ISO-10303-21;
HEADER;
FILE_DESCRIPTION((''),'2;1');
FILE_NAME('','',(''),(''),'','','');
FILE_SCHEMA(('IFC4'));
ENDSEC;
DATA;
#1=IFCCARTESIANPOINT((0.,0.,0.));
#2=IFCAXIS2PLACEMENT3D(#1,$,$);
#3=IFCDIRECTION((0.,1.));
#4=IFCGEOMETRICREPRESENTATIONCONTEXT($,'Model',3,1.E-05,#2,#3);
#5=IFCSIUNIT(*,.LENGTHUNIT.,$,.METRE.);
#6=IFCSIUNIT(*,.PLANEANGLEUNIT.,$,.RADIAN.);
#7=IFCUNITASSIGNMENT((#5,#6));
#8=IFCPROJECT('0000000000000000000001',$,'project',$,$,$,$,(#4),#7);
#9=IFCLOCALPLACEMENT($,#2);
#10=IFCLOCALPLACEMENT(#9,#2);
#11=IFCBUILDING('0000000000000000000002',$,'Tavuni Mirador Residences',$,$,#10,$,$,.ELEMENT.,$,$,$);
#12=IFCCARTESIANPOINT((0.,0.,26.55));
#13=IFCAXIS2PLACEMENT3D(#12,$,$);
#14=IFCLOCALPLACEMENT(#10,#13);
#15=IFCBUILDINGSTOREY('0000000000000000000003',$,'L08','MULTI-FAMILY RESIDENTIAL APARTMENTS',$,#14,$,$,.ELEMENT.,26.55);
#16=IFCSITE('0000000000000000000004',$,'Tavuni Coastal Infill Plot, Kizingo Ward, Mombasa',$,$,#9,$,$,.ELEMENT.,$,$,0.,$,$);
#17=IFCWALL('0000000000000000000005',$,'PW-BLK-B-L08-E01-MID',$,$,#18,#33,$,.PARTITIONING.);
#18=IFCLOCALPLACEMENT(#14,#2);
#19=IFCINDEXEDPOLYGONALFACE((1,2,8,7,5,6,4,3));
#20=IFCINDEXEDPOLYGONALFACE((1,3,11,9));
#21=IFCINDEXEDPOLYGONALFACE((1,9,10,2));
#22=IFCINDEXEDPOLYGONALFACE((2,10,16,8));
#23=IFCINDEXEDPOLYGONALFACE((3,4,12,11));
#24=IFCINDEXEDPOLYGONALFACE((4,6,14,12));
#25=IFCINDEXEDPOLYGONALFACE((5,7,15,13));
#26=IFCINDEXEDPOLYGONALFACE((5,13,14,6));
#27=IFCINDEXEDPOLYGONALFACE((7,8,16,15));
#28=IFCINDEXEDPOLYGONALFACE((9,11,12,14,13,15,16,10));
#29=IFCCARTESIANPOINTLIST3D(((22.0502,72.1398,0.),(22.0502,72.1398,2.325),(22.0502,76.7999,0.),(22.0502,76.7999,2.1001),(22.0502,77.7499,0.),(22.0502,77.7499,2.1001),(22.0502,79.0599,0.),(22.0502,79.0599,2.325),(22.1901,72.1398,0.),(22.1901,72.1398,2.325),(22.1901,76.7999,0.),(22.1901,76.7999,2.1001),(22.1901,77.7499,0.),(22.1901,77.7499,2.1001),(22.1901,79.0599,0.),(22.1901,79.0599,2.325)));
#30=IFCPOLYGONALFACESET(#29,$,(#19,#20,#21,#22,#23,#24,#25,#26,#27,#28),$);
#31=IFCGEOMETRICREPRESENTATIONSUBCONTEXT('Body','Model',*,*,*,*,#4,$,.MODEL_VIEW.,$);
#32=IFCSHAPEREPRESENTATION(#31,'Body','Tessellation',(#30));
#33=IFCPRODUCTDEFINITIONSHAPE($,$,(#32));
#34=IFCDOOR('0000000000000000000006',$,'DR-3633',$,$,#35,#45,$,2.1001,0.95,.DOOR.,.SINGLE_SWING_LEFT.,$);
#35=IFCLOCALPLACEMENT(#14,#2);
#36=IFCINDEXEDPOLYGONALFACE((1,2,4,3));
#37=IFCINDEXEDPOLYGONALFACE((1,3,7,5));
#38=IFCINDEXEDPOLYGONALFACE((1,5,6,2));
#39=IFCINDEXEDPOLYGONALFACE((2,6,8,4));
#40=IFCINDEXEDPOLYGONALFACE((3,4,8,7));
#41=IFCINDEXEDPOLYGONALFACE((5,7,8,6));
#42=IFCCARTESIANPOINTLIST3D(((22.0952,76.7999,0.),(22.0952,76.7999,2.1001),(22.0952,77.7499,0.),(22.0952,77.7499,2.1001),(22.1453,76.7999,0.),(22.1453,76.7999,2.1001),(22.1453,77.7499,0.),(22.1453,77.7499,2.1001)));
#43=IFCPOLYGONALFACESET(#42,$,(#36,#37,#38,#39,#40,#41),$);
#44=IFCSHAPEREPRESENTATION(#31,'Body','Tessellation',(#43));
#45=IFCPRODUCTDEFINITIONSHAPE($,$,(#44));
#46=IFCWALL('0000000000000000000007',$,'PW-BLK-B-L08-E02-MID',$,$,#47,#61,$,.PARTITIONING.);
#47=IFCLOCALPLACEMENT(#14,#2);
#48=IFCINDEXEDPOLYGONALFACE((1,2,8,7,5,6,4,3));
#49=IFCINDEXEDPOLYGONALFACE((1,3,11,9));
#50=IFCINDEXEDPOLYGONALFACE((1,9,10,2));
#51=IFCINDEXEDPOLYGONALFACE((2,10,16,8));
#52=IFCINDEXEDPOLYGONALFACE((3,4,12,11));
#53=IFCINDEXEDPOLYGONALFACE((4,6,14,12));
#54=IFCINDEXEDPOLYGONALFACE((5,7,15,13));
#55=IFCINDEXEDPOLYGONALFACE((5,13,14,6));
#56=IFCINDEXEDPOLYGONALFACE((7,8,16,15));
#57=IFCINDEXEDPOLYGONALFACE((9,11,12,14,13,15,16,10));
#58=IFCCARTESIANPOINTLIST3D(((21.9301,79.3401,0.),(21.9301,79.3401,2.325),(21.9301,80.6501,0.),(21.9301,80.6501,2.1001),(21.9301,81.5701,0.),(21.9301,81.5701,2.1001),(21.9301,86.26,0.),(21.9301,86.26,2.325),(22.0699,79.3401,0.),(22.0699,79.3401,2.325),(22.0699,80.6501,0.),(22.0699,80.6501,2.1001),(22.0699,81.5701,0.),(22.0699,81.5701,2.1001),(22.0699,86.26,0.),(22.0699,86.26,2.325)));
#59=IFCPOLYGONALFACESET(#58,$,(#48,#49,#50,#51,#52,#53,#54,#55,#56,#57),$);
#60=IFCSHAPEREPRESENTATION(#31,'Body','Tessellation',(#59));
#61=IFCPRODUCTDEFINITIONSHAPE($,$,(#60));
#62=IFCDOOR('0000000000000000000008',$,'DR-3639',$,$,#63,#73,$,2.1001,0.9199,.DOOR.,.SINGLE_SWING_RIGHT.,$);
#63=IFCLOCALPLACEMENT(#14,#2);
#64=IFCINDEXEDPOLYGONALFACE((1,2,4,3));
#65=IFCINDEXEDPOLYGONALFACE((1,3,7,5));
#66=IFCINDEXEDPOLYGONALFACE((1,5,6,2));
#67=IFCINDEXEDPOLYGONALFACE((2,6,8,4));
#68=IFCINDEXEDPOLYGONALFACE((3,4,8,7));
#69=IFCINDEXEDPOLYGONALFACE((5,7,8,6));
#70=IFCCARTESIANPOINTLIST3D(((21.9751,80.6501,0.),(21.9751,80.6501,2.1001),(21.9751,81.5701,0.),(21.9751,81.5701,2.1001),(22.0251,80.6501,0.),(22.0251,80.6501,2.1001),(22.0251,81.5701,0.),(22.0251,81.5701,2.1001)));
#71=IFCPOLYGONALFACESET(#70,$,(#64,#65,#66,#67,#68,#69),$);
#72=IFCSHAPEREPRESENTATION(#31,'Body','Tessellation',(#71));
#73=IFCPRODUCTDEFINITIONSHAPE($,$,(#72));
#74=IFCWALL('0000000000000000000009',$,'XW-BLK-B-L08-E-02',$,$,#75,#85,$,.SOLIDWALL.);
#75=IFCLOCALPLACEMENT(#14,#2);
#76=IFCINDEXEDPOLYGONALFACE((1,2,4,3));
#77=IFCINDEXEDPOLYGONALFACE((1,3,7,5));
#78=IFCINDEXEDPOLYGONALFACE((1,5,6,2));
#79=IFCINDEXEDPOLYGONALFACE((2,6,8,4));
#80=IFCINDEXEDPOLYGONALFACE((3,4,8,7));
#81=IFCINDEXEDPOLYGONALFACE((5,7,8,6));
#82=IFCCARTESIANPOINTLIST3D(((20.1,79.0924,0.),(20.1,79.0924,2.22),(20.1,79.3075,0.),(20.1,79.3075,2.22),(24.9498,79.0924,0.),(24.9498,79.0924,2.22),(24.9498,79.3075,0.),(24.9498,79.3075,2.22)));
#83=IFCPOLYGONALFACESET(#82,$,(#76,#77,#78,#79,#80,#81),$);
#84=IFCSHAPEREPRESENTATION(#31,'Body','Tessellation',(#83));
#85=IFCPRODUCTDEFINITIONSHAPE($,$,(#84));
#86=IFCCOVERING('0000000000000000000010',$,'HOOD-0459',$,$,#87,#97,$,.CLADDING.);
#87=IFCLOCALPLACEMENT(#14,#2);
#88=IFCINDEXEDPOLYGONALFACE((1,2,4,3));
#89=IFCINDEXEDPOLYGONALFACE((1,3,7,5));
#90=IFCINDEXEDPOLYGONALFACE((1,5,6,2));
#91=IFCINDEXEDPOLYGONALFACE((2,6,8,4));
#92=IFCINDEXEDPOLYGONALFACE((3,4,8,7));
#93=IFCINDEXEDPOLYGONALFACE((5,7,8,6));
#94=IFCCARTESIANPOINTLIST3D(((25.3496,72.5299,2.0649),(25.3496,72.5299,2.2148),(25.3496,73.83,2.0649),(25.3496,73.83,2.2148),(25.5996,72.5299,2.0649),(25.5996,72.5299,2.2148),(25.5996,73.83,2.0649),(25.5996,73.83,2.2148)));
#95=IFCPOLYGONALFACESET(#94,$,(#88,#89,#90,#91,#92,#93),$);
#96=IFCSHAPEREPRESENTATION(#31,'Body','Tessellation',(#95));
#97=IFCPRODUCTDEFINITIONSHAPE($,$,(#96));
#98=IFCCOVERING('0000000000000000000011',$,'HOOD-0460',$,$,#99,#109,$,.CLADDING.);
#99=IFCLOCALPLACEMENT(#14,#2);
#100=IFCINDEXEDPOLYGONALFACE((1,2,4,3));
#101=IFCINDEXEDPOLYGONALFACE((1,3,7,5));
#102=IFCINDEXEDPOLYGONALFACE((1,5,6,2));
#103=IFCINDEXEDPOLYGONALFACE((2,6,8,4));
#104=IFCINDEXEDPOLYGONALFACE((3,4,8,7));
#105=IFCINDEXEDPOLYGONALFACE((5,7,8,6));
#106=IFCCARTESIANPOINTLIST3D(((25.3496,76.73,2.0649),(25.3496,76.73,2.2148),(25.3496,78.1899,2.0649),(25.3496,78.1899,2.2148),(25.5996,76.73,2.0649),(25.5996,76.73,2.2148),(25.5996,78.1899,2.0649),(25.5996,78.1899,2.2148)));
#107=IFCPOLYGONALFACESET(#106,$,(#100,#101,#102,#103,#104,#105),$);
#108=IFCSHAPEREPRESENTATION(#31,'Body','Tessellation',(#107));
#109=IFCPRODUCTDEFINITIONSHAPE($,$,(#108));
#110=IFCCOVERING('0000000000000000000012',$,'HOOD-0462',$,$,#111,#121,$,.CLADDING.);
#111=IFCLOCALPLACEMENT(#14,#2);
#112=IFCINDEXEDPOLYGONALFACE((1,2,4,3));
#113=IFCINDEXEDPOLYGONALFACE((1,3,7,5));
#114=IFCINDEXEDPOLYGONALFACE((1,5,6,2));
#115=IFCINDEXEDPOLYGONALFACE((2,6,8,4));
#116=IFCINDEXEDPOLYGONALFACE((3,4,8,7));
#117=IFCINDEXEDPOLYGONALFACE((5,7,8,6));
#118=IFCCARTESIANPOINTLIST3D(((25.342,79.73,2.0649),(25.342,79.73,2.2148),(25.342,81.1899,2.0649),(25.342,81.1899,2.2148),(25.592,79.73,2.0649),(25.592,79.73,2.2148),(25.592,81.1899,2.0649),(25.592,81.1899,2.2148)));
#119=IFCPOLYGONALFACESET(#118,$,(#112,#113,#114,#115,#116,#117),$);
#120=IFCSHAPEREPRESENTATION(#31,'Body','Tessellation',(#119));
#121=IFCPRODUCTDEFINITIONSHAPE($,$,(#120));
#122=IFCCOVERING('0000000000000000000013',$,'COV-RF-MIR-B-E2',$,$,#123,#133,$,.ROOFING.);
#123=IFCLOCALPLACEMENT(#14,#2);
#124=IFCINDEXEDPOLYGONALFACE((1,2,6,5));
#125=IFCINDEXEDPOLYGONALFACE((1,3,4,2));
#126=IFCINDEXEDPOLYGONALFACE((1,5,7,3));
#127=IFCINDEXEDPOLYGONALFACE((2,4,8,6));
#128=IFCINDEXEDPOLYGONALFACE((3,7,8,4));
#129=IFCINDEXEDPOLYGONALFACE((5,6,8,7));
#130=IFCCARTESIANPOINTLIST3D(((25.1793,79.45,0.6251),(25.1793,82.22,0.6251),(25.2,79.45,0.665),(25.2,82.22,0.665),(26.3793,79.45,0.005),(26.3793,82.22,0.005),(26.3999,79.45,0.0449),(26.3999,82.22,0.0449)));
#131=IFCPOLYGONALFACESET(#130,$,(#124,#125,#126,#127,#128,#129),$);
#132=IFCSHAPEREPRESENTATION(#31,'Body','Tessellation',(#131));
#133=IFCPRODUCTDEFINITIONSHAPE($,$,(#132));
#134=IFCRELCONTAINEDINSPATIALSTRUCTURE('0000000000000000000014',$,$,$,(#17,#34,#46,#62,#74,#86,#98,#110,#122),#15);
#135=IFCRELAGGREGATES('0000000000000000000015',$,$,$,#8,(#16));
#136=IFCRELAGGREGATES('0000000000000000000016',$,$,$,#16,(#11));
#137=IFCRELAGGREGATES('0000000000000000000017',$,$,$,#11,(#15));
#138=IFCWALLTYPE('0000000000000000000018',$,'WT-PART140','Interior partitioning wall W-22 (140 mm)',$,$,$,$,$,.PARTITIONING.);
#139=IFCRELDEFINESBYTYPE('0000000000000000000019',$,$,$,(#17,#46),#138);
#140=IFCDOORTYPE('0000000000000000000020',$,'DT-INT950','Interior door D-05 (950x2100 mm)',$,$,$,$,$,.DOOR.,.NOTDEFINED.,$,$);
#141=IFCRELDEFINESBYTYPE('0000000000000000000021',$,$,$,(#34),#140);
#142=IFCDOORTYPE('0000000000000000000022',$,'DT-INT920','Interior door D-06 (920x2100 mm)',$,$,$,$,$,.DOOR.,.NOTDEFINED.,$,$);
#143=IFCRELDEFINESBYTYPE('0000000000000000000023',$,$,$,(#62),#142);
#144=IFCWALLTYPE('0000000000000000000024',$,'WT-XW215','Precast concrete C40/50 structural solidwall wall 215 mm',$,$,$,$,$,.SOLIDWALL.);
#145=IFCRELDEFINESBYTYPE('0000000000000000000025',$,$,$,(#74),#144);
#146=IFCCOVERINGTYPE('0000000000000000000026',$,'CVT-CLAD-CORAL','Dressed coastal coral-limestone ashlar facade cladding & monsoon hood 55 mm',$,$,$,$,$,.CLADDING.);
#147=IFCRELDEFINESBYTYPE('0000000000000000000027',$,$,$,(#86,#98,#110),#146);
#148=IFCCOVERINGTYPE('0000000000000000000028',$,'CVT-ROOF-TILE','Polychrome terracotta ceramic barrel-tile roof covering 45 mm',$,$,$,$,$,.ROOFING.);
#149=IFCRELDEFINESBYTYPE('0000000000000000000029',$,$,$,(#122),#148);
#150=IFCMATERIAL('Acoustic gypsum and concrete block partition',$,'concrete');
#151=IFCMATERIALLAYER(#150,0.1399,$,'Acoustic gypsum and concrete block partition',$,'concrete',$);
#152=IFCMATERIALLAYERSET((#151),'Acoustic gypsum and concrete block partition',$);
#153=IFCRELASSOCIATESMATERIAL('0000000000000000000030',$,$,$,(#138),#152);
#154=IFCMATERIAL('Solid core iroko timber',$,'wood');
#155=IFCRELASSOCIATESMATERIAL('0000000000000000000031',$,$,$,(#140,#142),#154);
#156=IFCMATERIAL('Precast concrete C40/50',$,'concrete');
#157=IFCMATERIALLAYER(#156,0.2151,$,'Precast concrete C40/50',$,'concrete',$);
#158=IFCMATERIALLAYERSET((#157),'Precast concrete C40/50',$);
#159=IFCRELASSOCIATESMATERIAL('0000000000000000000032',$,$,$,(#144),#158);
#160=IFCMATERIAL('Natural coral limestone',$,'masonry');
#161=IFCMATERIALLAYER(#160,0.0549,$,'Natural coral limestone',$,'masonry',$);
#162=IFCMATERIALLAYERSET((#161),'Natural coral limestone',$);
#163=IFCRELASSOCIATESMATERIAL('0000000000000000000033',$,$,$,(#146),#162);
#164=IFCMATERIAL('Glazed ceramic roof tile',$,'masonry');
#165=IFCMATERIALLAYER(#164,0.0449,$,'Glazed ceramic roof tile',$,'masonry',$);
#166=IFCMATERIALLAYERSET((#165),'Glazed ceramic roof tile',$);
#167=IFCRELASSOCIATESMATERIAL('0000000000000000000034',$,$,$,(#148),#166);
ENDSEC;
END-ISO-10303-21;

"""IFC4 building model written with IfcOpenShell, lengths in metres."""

from ifc_helpers import new_model, si_unit, direction, frame, frame_2d, origin, origin_2d, place, context, subcontext, project, spatial, polyline, rectangle, outline, extrude, material, layer, layer_set, type_object, element, fill, save


model = new_model("IFC4")

# Units and contexts
model_context = context("Model", 3, precision=1e-05, world=origin(), true_north=direction((0.0, 1.0)))
body_context = subcontext(model_context, "Body", "Model", "MODEL_VIEW")
ifc_project = project(units=[si_unit("LENGTHUNIT", "METRE"), si_unit("PLANEANGLEUNIT", "RADIAN")], contexts=[model_context])

# Site, building, storey
site_placement = place(None, origin())
site = spatial("IfcSite", under=ifc_project, at=site_placement, Name="Tavuni Coastal Infill Plot, Kizingo Ward, Mombasa", CompositionType="ELEMENT", RefElevation=0.0)
building_placement = place(site_placement, origin())
building = spatial("IfcBuilding", under=site, at=building_placement, Name="Tavuni Mirador Residences", CompositionType="ELEMENT")
storey_placement = place(building_placement, frame((0.0, 0.0, 26.55)))
storey = spatial("IfcBuildingStorey", under=building, at=storey_placement, Name="L08", Description="MULTI-FAMILY RESIDENTIAL APARTMENTS", CompositionType="ELEMENT", Elevation=26.55)

# Shared definitions
ifc_material_1 = material(Name="Precast concrete C40/50", Category="concrete")

# Shared definitions
ifc_material_2 = material(Name="Solid core iroko timber", Category="wood")

# Walls, openings, doors
ifc_material_3 = material(Name="Acoustic gypsum and concrete block partition", Category="concrete")
ifc_layer_1 = layer(ifc_material_3, 0.1399, Name="Acoustic gypsum and concrete block partition", Category="concrete")
ifc_layer_set_1 = layer_set([ifc_layer_1], Name="Acoustic gypsum and concrete block partition")
wall_type_1 = type_object("IfcWallType", Name="WT-PART140", Description="Interior partitioning wall W-22 (140 mm)", PredefinedType="PARTITIONING", material=ifc_layer_set_1)
wall_1_placement = place(storey_placement, frame((22.1201, 72.1399, 0.0), z_axis=(0.0, 0.0, 1.0), x_axis=(0.0, 1.0, 0.0)))
wall_1 = element("IfcWall", 1, at=wall_1_placement, inside=storey, type_object=wall_type_1, Name="PW-BLK-B-L08-E01-MID", PredefinedType="PARTITIONING", context=body_context, shape_type="SweptSolid", body=[
    extrude(rectangle(XDim=6.9202, YDim=0.1399, at=frame_2d((3.46, 0.0))), origin(), (0.0, 0.0, 1.0), 2.325),
])
opening_1_placement = place(wall_1_placement, frame((4.6599, 0.0, 0.0)))
opening_1 = element("IfcOpeningElement", 2, at=opening_1_placement, cuts=wall_1, PredefinedType="OPENING", context=body_context, shape_type="SweptSolid", body=[
    extrude(rectangle(XDim=0.95, YDim=2.1001, at=frame_2d((0.4751, 1.05))), frame((0.0, 0.0801, 0.0), z_axis=(0.0, -1.0, 0.0), x_axis=(1.0, 0.0, 0.0)), (0.0, 0.0, 1.0), 0.1599),
])
door_type_1 = type_object("IfcDoorType", Name="DT-INT950", Description="Interior door D-05 (950x2100 mm)", OperationType="NOTDEFINED", PredefinedType="DOOR", material=ifc_material_2)
door_1_placement = place(opening_1_placement, origin())
door_1 = element("IfcDoor", 3, at=door_1_placement, inside=storey, type_object=door_type_1, Name="DR-3633", OperationType="SINGLE_SWING_LEFT", OverallHeight=2.1001, OverallWidth=0.95, PredefinedType="DOOR", context=body_context, shape_type="SweptSolid", body=[
    extrude(rectangle(XDim=0.95, YDim=2.1001, at=frame_2d((0.4751, 1.05))), frame((0.0, 0.0249, 0.0), z_axis=(0.0, -1.0, 0.0), x_axis=(1.0, 0.0, 0.0)), (0.0, 0.0, 1.0), 0.05),
])
fill(opening_1, door_1)
wall_2_placement = place(storey_placement, frame((22.0, 79.3401, 0.0), z_axis=(0.0, 0.0, 1.0), x_axis=(0.0, 1.0, 0.0)))
wall_2 = element("IfcWall", 4, at=wall_2_placement, inside=storey, type_object=wall_type_1, Name="PW-BLK-B-L08-E02-MID", PredefinedType="PARTITIONING", context=body_context, shape_type="SweptSolid", body=[
    extrude(rectangle(XDim=6.9199, YDim=0.1399, at=frame_2d((3.46, 0.0))), origin(), (0.0, 0.0, 1.0), 2.325),
])
opening_2_placement = place(wall_2_placement, frame((1.3101, 0.0, 0.0)))
opening_2 = element("IfcOpeningElement", 5, at=opening_2_placement, cuts=wall_2, PredefinedType="OPENING", context=body_context, shape_type="SweptSolid", body=[
    extrude(rectangle(XDim=0.9199, YDim=2.1001, at=frame_2d((0.46, 1.05))), frame((0.0, 0.0801, 0.0), z_axis=(0.0, -1.0, 0.0), x_axis=(1.0, 0.0, 0.0)), (0.0, 0.0, 1.0), 0.1599),
])
door_type_2 = type_object("IfcDoorType", Name="DT-INT920", Description="Interior door D-06 (920x2100 mm)", OperationType="NOTDEFINED", PredefinedType="DOOR", material=ifc_material_2)
door_2_placement = place(opening_2_placement, origin())
door_2 = element("IfcDoor", 6, at=door_2_placement, inside=storey, type_object=door_type_2, Name="DR-3639", OperationType="SINGLE_SWING_RIGHT", OverallHeight=2.1001, OverallWidth=0.9199, PredefinedType="DOOR", context=body_context, shape_type="SweptSolid", body=[
    extrude(rectangle(XDim=0.9199, YDim=2.1001, at=frame_2d((0.46, 1.05))), frame((0.0, 0.0249, 0.0), z_axis=(0.0, -1.0, 0.0), x_axis=(1.0, 0.0, 0.0)), (0.0, 0.0, 1.0), 0.05),
])
fill(opening_2, door_2)

# Wall
ifc_layer_2 = layer(ifc_material_1, 0.2151, Name="Precast concrete C40/50", Category="concrete")
ifc_layer_set_2 = layer_set([ifc_layer_2], Name="Precast concrete C40/50")
wall_type_2 = type_object("IfcWallType", Name="WT-XW215", Description="Precast concrete C40/50 structural solidwall wall 215 mm", PredefinedType="SOLIDWALL", material=ifc_layer_set_2)
wall_3_placement = place(storey_placement, frame((20.1001, 79.2, 0.0), z_axis=(0.0, 0.0, 1.0), x_axis=(1.0, 0.0, 0.0)))
element("IfcWall", 7, at=wall_3_placement, inside=storey, type_object=wall_type_2, Name="XW-BLK-B-L08-E-02", PredefinedType="SOLIDWALL", context=body_context, shape_type="SweptSolid", body=[
    extrude(rectangle(XDim=4.8499, YDim=0.2151, at=frame_2d((2.4248, 0.0))), origin(), (0.0, 0.0, 1.0), 2.22),
])

# Coverings
ifc_material_4 = material(Name="Natural coral limestone", Category="masonry")
ifc_layer_3 = layer(ifc_material_4, 0.0549, Name="Natural coral limestone", Category="masonry")
ifc_layer_set_3 = layer_set([ifc_layer_3], Name="Natural coral limestone")
covering_type_1 = type_object("IfcCoveringType", Name="CVT-CLAD-CORAL", Description="Dressed coastal coral-limestone ashlar facade cladding & monsoon hood 55 mm", PredefinedType="CLADDING", material=ifc_layer_set_3)
covering_1_placement = place(storey_placement, frame((25.4746, 73.1799, 2.0649), z_axis=(0.0, 0.0, 1.0), x_axis=(0.0, 1.0, 0.0)))
element("IfcCovering", 8, at=covering_1_placement, inside=storey, type_object=covering_type_1, Name="HOOD-0459", PredefinedType="CLADDING", context=body_context, shape_type="SweptSolid", body=[
    extrude(rectangle(XDim=1.3, YDim=0.25, at=origin_2d()), origin(), (0.0, 0.0, 1.0), 0.1499),
])
for number, where, z_axis, x_axis, name in (
    (9, (25.4746, 77.46, 2.0649), (0.0, 0.0, 1.0), (0.0, 1.0, 0.0), "HOOD-0460"),
    (10, (25.467, 80.46, 2.0649), (0.0, 0.0, 1.0), (0.0, 1.0, 0.0), "HOOD-0462"),
):
    element("IfcCovering", number, at=place(storey_placement, frame(where, z_axis=z_axis, x_axis=x_axis)), inside=storey, type_object=covering_type_1, Name=name, PredefinedType="CLADDING", context=body_context, shape_type="SweptSolid", body=[
        extrude(rectangle(XDim=1.46, YDim=0.25, at=origin_2d()), origin(), (0.0, 0.0, 1.0), 0.1499),
    ])
ifc_material_5 = material(Name="Glazed ceramic roof tile", Category="masonry")
ifc_layer_4 = layer(ifc_material_5, 0.0449, Name="Glazed ceramic roof tile", Category="masonry")
ifc_layer_set_4 = layer_set([ifc_layer_4], Name="Glazed ceramic roof tile")
covering_type_2 = type_object("IfcCoveringType", Name="CVT-ROOF-TILE", Description="Polychrome terracotta ceramic barrel-tile roof covering 45 mm", PredefinedType="ROOFING", material=ifc_layer_set_4)
covering_2_placement = place(storey_placement, frame((25.2, 79.45, 0.665), z_axis=(0.459103, 0.0, 0.888383), x_axis=(0.0, 1.0, 0.0)))
element("IfcCovering", 11, at=covering_2_placement, inside=storey, type_object=covering_type_2, Name="COV-RF-MIR-B-E2", PredefinedType="ROOFING", context=body_context, shape_type="SweptSolid", body=[
    extrude(outline(polyline([(0.0, 0.0), (2.77, 0.0), (2.77, -1.3507), (0.0, -1.3507), (0.0, 0.0)])), origin(), (0.0, 0.0, -1.0), 0.0449),
])

save(model, "model.ifc")
